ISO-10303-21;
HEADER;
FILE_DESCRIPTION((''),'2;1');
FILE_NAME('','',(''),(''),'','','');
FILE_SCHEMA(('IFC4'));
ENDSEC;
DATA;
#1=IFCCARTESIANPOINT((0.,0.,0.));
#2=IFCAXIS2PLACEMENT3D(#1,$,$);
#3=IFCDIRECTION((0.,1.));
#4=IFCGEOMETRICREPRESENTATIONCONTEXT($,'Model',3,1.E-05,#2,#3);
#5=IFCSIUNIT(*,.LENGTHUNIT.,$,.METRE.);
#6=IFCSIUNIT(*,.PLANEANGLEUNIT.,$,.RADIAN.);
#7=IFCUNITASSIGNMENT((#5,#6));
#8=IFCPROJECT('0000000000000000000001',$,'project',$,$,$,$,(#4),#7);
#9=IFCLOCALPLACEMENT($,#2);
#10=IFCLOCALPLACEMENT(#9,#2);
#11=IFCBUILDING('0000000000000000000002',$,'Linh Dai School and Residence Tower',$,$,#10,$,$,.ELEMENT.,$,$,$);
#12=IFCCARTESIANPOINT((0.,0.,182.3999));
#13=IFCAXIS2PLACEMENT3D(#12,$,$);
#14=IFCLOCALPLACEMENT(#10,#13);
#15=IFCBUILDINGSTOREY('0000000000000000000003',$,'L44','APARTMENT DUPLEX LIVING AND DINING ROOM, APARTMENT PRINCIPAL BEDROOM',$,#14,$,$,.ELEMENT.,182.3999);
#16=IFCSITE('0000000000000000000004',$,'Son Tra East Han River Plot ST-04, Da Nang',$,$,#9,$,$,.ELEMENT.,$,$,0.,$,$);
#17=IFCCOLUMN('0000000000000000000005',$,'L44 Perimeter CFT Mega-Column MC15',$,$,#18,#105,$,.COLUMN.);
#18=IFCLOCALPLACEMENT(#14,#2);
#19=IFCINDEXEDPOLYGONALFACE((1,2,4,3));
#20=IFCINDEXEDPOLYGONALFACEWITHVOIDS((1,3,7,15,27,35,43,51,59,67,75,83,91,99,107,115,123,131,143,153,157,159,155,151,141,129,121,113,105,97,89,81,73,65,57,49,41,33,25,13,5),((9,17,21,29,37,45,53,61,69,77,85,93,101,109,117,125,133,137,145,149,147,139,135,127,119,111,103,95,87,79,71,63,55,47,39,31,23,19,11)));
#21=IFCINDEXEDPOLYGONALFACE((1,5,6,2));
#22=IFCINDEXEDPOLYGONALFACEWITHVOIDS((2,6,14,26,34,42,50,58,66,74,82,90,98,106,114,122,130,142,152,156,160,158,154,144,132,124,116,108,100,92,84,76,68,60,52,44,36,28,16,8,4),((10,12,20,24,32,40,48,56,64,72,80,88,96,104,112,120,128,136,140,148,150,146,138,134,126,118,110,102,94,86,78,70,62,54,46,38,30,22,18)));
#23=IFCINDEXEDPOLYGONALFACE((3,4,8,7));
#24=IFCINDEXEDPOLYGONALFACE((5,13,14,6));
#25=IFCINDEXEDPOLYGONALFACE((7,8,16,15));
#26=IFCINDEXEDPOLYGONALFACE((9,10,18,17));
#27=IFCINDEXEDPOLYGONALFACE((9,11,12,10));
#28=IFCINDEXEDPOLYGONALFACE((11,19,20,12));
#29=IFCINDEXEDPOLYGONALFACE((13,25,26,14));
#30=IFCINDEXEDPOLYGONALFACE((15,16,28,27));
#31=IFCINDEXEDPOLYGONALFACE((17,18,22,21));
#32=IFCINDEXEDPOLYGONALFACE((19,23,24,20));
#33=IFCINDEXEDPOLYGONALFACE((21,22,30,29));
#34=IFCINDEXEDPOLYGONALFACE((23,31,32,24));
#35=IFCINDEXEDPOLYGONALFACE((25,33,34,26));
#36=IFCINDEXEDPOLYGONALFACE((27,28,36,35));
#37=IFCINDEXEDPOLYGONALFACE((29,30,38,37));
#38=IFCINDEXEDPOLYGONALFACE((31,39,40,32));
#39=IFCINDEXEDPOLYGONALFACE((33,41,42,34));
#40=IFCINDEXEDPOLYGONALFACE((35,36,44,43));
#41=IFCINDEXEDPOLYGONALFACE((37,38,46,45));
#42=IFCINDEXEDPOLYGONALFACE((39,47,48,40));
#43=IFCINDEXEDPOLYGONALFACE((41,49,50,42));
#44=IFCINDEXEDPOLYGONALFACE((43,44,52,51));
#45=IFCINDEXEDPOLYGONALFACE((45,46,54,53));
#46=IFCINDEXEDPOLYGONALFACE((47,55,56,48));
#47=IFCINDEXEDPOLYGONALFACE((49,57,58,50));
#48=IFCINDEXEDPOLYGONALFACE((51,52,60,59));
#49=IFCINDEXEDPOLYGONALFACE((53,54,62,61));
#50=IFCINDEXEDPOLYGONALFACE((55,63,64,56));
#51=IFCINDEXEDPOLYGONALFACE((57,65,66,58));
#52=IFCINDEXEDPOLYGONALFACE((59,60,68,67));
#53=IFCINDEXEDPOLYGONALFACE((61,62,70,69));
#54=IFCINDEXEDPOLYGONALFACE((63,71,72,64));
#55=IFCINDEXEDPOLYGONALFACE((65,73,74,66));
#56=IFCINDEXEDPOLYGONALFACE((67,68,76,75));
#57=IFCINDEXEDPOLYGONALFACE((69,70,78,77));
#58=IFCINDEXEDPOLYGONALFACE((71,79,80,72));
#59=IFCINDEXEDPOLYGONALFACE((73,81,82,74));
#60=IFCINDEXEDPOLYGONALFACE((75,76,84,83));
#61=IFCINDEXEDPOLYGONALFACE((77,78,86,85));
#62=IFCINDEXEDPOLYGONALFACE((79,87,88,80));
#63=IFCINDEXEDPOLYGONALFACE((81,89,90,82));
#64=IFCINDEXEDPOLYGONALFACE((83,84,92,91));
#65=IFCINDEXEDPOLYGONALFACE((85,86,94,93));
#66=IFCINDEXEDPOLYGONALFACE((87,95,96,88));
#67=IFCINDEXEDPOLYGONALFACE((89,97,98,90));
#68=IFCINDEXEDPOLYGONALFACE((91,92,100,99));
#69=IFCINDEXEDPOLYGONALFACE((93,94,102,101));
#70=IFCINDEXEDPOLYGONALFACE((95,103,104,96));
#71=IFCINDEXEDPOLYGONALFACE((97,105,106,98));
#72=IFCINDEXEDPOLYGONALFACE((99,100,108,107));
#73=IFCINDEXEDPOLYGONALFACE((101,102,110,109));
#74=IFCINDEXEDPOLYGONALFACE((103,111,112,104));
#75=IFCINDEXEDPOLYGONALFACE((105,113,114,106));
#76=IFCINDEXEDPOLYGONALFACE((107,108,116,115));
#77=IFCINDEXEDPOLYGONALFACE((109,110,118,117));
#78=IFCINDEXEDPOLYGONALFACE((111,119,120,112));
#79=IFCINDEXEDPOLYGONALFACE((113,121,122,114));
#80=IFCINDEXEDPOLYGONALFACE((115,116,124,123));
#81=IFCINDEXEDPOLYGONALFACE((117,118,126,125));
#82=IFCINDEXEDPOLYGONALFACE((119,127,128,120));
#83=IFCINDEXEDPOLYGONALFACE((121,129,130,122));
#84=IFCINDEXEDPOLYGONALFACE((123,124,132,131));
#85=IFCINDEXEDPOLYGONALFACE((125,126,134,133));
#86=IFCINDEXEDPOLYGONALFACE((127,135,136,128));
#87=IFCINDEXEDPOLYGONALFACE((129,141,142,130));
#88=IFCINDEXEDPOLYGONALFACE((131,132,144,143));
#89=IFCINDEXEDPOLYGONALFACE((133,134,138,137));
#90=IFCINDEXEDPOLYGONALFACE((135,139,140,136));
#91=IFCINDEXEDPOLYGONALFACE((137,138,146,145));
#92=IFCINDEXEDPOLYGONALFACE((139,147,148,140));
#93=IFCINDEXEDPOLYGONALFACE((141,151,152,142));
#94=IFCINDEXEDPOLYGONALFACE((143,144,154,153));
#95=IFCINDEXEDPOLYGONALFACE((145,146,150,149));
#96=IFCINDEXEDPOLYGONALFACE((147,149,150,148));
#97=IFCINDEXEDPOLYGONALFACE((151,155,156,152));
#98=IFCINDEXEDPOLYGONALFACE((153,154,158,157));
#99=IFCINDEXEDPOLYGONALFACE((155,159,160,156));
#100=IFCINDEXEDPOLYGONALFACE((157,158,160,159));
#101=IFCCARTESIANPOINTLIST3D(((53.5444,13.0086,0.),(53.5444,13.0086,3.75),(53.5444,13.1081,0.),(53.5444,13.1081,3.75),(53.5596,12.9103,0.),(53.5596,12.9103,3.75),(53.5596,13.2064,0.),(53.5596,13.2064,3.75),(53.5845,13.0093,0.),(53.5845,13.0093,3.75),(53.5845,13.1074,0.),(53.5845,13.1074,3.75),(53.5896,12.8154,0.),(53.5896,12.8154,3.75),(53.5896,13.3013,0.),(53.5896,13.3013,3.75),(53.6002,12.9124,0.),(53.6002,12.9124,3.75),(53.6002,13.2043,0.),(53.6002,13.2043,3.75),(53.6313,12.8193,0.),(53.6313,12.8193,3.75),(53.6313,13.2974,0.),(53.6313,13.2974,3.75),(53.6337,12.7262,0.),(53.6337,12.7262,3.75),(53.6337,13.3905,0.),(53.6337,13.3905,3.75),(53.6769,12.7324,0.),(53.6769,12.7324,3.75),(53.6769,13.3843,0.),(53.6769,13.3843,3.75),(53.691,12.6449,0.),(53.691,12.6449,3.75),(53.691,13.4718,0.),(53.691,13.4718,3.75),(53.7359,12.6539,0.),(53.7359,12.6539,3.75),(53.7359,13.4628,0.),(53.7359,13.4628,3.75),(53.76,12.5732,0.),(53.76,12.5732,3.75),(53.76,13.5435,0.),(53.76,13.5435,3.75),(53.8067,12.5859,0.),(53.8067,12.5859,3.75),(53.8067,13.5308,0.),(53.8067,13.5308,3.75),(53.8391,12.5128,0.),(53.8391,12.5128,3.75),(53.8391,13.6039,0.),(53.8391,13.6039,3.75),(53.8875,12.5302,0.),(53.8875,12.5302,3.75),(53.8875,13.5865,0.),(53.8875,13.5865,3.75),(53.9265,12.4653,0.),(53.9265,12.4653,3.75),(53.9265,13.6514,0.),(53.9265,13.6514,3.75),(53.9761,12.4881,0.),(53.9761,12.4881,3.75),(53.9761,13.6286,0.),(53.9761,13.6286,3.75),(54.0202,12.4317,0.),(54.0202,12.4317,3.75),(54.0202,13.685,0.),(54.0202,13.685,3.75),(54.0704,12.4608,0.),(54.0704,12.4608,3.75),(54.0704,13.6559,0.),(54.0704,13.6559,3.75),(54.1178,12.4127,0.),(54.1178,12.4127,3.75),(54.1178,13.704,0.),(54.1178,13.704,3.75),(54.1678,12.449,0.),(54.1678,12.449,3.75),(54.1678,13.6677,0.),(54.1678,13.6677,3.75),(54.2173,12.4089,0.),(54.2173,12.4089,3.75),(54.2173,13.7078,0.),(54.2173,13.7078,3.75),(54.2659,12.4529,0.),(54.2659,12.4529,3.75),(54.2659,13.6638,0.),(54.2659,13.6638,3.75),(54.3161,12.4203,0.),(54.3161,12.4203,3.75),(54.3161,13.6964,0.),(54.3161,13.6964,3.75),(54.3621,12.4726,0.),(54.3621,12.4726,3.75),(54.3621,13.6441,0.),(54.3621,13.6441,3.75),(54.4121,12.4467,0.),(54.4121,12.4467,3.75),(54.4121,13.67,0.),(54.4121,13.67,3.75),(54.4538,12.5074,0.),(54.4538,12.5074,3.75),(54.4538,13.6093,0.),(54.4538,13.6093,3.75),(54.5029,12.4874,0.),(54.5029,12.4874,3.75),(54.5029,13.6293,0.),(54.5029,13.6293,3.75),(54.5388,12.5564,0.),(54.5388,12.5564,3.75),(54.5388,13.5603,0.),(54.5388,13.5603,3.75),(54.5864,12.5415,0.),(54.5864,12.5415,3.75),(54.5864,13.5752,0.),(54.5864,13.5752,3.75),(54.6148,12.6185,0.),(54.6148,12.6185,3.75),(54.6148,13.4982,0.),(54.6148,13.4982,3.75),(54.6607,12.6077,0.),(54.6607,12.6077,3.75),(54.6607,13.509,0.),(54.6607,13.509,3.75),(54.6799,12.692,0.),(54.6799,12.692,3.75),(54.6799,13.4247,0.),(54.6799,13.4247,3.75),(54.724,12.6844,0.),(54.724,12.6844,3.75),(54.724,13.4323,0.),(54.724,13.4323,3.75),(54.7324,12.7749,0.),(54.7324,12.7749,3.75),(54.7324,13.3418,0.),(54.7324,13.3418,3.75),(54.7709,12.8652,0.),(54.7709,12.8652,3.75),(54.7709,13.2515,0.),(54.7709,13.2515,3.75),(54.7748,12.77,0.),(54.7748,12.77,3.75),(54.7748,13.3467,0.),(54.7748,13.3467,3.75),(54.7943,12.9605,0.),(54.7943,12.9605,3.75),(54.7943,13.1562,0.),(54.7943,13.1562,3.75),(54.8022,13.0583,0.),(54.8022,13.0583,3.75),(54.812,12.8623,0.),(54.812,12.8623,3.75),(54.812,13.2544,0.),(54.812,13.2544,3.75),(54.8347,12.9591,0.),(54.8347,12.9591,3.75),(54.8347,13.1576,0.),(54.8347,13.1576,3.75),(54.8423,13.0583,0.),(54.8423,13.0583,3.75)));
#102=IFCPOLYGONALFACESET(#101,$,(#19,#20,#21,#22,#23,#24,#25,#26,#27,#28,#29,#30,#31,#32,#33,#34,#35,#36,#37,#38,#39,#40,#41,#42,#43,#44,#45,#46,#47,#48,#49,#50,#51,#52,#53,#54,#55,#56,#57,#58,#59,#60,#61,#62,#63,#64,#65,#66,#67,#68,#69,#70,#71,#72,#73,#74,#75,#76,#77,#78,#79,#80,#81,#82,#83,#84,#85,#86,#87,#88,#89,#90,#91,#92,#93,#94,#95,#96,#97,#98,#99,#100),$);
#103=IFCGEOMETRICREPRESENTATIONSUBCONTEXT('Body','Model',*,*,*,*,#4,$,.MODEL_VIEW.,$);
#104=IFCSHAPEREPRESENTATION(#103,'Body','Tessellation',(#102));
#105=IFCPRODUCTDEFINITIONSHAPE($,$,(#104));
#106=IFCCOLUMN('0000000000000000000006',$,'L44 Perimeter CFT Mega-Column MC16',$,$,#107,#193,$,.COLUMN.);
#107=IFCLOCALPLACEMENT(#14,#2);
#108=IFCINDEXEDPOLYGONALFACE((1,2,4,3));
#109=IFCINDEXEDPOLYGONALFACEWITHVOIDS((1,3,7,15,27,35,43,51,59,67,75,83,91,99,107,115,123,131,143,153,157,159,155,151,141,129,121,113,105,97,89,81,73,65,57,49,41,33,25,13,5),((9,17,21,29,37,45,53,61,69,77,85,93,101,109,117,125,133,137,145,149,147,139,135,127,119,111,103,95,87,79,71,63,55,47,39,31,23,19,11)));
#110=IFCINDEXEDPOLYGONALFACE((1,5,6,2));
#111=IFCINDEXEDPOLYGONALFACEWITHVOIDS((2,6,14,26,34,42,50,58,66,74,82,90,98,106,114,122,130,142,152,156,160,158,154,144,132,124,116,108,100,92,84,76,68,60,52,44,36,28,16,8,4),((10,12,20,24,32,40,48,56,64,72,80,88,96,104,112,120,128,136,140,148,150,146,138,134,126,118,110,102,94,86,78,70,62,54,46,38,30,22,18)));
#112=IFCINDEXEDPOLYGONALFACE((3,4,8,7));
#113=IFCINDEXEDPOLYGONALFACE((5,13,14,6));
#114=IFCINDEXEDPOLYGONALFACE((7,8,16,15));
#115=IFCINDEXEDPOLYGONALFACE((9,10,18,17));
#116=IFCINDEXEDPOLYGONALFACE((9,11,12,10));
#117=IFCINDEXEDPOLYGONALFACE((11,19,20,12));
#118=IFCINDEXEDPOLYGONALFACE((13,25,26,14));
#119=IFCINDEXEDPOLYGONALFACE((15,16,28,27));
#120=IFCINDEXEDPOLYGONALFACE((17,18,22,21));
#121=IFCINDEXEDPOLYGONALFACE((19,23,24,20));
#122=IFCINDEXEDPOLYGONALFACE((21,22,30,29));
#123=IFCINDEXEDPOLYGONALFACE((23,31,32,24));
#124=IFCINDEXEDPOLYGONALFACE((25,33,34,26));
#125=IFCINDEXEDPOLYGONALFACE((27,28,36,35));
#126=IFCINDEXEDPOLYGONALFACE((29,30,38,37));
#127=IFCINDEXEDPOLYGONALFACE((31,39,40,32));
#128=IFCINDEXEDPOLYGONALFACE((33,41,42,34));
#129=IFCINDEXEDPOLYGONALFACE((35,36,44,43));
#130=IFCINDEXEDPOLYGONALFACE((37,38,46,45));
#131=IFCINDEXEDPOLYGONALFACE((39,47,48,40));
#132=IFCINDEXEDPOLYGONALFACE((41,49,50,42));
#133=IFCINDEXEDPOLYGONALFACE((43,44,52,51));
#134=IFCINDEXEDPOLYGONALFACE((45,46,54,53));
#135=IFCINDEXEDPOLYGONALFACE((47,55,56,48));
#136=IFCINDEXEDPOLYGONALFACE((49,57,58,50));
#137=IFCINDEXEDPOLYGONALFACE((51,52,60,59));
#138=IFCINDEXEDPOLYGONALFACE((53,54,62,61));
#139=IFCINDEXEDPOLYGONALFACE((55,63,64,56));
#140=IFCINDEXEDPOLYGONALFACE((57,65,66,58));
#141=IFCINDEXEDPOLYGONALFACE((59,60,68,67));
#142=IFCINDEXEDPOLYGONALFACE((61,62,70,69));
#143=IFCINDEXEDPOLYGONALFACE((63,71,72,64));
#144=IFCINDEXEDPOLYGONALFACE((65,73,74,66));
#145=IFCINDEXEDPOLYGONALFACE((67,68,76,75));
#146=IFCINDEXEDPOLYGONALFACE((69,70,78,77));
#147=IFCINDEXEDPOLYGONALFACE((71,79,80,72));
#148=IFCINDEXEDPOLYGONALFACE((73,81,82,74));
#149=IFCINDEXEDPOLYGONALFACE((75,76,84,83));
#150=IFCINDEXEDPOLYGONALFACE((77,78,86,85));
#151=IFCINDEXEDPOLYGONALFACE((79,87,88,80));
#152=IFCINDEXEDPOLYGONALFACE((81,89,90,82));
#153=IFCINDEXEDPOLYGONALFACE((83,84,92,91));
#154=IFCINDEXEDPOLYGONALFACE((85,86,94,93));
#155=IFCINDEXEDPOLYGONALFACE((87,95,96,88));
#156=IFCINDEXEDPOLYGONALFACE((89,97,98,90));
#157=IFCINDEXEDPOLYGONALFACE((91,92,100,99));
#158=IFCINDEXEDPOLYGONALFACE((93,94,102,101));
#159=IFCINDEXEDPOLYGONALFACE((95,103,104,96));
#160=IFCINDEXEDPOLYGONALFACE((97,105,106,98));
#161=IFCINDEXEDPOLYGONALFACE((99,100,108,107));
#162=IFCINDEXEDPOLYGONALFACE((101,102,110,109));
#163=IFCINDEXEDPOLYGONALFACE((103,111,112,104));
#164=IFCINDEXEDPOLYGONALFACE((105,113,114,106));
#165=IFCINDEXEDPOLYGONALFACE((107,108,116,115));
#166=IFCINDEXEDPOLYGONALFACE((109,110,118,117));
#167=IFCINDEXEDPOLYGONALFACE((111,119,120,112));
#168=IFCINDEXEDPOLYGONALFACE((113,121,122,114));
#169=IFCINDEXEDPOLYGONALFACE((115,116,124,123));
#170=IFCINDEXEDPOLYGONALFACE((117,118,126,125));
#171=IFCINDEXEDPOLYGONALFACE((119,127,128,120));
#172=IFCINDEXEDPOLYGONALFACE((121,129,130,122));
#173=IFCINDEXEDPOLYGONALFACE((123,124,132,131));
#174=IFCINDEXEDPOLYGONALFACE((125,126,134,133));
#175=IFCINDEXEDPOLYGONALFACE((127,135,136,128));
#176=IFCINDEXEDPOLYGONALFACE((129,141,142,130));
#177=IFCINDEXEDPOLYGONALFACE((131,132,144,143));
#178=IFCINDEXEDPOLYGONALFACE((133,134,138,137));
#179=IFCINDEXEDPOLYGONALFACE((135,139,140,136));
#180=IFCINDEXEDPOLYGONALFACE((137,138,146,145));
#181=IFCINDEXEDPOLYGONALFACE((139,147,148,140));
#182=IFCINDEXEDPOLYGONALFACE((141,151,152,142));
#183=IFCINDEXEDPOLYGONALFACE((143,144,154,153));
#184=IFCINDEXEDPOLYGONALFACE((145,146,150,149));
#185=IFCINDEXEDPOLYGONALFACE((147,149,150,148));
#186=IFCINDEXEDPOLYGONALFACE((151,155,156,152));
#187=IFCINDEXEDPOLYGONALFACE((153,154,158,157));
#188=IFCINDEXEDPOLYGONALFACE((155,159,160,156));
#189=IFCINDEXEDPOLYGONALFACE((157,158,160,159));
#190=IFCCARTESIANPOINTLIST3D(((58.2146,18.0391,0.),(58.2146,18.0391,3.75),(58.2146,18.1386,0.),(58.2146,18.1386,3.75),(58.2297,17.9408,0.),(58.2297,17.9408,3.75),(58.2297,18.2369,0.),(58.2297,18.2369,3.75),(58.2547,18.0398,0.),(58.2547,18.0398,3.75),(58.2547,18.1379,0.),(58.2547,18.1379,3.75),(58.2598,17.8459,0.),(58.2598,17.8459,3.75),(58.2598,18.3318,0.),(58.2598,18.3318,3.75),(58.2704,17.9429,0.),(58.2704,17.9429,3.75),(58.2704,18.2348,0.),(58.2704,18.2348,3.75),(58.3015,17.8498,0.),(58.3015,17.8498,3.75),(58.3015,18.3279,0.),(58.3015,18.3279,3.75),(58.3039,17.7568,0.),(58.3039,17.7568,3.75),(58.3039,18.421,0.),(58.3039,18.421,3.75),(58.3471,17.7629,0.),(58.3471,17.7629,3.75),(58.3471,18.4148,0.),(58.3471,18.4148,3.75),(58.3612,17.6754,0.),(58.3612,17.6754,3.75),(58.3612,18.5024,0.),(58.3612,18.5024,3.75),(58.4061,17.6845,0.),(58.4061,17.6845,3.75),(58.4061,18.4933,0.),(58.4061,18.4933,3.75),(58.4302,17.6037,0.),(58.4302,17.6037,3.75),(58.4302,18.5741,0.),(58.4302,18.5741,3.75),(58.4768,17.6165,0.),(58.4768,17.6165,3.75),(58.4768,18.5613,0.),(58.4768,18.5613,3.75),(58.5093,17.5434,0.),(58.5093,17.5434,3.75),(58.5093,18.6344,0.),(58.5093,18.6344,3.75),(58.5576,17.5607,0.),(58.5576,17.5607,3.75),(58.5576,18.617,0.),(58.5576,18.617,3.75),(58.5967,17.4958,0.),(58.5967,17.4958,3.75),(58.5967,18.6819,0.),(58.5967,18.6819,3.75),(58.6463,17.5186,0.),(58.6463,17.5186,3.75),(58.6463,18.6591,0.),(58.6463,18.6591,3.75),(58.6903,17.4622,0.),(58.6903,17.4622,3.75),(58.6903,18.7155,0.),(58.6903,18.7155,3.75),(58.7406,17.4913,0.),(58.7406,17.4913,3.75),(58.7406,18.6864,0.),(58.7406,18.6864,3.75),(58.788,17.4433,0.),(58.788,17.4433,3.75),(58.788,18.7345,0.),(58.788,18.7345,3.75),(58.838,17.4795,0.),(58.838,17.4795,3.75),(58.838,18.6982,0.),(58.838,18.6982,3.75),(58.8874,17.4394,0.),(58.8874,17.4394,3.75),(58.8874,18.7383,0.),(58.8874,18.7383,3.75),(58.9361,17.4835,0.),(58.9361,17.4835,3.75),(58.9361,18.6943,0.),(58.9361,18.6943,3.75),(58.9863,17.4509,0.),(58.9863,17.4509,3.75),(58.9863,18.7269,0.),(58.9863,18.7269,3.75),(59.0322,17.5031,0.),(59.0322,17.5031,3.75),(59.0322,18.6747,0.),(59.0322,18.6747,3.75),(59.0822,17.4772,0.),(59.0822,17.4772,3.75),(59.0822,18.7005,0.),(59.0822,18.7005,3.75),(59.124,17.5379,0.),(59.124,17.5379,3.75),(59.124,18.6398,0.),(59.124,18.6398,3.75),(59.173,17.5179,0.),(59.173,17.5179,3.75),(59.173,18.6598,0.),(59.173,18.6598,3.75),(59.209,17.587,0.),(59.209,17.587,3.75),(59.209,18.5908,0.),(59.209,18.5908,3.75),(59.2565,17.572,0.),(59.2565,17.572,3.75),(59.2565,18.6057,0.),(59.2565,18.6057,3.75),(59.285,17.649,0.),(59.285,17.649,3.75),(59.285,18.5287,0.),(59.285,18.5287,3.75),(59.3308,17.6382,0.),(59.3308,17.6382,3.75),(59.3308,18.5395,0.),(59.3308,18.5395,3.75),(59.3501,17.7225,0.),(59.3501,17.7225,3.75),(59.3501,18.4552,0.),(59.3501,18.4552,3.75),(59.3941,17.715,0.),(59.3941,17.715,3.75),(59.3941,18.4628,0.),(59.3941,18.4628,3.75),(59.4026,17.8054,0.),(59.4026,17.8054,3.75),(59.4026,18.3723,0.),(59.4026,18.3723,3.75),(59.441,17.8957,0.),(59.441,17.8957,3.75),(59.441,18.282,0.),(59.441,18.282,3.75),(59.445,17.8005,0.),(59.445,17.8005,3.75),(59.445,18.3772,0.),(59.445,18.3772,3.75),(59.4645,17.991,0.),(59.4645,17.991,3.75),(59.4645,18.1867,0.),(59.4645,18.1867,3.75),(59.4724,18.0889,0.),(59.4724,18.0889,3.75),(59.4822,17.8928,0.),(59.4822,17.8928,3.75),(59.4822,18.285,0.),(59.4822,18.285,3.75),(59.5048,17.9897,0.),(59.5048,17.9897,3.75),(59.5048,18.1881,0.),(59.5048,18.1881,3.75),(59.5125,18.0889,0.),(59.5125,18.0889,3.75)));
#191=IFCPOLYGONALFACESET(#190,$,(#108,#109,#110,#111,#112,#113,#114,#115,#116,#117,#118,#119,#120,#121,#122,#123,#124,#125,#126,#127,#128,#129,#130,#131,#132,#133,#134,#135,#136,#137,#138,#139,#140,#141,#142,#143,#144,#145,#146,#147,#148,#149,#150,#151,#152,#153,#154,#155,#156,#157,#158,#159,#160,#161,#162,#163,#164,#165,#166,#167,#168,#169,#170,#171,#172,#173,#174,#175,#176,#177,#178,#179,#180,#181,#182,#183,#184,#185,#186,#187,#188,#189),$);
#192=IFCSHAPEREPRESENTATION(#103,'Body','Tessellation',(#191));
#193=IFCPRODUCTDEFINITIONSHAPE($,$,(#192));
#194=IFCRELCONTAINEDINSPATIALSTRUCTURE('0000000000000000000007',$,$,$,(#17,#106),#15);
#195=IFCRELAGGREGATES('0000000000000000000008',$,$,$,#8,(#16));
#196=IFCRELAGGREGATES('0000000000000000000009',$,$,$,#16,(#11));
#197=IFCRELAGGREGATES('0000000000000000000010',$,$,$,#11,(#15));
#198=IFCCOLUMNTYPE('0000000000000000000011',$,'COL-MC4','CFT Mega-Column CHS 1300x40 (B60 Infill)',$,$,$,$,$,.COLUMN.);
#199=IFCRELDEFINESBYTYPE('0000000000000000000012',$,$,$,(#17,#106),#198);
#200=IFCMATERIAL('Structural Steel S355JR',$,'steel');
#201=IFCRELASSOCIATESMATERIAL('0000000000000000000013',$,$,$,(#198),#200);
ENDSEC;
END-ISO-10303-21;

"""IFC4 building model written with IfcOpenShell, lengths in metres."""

from ifc_helpers import new_model, si_unit, direction, frame, origin, origin_2d, place, context, subcontext, project, spatial, hollow_circle, extrude, material, material_profile, profile_set, type_object, element, save


model = new_model("IFC4")

# Units and contexts
model_context = context("Model", 3, precision=1e-05, world=origin(), true_north=direction((0.0, 1.0)))
body_context = subcontext(model_context, "Body", "Model", "MODEL_VIEW")
ifc_project = project(units=[si_unit("LENGTHUNIT", "METRE"), si_unit("PLANEANGLEUNIT", "RADIAN")], contexts=[model_context])

# Site, building, storey
site_placement = place(None, origin())
site = spatial("IfcSite", under=ifc_project, at=site_placement, Name="Son Tra East Han River Plot ST-04, Da Nang", CompositionType="ELEMENT", RefElevation=0.0)
building_placement = place(site_placement, origin())
building = spatial("IfcBuilding", under=site, at=building_placement, Name="Linh Dai School and Residence Tower", CompositionType="ELEMENT")
storey_placement = place(building_placement, frame((0.0, 0.0, 182.3999)))
storey = spatial("IfcBuildingStorey", under=building, at=storey_placement, Name="L44", Description="APARTMENT DUPLEX LIVING AND DINING ROOM, APARTMENT PRINCIPAL BEDROOM", CompositionType="ELEMENT", Elevation=182.3999)

# Columns
ifc_material_1 = material(Name="Structural Steel S355JR", Category="steel")
ifc_material_profile_1 = material_profile(ifc_material_1, hollow_circle(Radius=0.6499, WallThickness=0.04, at=origin_2d()), Name="CHS 1300x40")
ifc_profile_set_1 = profile_set([ifc_material_profile_1], Name="Structural Steel S355JR")
column_type = type_object("IfcColumnType", Name="COL-MC4", Description="CFT Mega-Column CHS 1300x40 (B60 Infill)", PredefinedType="COLUMN", material=ifc_profile_set_1)
for number, where, z_axis, x_axis, name in (
    (1, (54.1924, 13.0583, 0.0), (0.0, 0.0, 1.0), (1.0, 0.0, 0.0), "L44 Perimeter CFT Mega-Column MC15"),
    (2, (58.8625, 18.0889, 0.0), (0.0, 0.0, 1.0), (1.0, 0.0, 0.0), "L44 Perimeter CFT Mega-Column MC16"),
):
    element("IfcColumn", number, at=place(storey_placement, frame(where, z_axis=z_axis, x_axis=x_axis)), inside=storey, type_object=column_type, Name=name, PredefinedType="COLUMN", context=body_context, shape_type="SweptSolid", body=[
        extrude(hollow_circle(Radius=0.6499, WallThickness=0.04, at=origin_2d()), origin(), (0.0, 0.0, 1.0), 3.75),
    ])

save(model, "model.ifc")
